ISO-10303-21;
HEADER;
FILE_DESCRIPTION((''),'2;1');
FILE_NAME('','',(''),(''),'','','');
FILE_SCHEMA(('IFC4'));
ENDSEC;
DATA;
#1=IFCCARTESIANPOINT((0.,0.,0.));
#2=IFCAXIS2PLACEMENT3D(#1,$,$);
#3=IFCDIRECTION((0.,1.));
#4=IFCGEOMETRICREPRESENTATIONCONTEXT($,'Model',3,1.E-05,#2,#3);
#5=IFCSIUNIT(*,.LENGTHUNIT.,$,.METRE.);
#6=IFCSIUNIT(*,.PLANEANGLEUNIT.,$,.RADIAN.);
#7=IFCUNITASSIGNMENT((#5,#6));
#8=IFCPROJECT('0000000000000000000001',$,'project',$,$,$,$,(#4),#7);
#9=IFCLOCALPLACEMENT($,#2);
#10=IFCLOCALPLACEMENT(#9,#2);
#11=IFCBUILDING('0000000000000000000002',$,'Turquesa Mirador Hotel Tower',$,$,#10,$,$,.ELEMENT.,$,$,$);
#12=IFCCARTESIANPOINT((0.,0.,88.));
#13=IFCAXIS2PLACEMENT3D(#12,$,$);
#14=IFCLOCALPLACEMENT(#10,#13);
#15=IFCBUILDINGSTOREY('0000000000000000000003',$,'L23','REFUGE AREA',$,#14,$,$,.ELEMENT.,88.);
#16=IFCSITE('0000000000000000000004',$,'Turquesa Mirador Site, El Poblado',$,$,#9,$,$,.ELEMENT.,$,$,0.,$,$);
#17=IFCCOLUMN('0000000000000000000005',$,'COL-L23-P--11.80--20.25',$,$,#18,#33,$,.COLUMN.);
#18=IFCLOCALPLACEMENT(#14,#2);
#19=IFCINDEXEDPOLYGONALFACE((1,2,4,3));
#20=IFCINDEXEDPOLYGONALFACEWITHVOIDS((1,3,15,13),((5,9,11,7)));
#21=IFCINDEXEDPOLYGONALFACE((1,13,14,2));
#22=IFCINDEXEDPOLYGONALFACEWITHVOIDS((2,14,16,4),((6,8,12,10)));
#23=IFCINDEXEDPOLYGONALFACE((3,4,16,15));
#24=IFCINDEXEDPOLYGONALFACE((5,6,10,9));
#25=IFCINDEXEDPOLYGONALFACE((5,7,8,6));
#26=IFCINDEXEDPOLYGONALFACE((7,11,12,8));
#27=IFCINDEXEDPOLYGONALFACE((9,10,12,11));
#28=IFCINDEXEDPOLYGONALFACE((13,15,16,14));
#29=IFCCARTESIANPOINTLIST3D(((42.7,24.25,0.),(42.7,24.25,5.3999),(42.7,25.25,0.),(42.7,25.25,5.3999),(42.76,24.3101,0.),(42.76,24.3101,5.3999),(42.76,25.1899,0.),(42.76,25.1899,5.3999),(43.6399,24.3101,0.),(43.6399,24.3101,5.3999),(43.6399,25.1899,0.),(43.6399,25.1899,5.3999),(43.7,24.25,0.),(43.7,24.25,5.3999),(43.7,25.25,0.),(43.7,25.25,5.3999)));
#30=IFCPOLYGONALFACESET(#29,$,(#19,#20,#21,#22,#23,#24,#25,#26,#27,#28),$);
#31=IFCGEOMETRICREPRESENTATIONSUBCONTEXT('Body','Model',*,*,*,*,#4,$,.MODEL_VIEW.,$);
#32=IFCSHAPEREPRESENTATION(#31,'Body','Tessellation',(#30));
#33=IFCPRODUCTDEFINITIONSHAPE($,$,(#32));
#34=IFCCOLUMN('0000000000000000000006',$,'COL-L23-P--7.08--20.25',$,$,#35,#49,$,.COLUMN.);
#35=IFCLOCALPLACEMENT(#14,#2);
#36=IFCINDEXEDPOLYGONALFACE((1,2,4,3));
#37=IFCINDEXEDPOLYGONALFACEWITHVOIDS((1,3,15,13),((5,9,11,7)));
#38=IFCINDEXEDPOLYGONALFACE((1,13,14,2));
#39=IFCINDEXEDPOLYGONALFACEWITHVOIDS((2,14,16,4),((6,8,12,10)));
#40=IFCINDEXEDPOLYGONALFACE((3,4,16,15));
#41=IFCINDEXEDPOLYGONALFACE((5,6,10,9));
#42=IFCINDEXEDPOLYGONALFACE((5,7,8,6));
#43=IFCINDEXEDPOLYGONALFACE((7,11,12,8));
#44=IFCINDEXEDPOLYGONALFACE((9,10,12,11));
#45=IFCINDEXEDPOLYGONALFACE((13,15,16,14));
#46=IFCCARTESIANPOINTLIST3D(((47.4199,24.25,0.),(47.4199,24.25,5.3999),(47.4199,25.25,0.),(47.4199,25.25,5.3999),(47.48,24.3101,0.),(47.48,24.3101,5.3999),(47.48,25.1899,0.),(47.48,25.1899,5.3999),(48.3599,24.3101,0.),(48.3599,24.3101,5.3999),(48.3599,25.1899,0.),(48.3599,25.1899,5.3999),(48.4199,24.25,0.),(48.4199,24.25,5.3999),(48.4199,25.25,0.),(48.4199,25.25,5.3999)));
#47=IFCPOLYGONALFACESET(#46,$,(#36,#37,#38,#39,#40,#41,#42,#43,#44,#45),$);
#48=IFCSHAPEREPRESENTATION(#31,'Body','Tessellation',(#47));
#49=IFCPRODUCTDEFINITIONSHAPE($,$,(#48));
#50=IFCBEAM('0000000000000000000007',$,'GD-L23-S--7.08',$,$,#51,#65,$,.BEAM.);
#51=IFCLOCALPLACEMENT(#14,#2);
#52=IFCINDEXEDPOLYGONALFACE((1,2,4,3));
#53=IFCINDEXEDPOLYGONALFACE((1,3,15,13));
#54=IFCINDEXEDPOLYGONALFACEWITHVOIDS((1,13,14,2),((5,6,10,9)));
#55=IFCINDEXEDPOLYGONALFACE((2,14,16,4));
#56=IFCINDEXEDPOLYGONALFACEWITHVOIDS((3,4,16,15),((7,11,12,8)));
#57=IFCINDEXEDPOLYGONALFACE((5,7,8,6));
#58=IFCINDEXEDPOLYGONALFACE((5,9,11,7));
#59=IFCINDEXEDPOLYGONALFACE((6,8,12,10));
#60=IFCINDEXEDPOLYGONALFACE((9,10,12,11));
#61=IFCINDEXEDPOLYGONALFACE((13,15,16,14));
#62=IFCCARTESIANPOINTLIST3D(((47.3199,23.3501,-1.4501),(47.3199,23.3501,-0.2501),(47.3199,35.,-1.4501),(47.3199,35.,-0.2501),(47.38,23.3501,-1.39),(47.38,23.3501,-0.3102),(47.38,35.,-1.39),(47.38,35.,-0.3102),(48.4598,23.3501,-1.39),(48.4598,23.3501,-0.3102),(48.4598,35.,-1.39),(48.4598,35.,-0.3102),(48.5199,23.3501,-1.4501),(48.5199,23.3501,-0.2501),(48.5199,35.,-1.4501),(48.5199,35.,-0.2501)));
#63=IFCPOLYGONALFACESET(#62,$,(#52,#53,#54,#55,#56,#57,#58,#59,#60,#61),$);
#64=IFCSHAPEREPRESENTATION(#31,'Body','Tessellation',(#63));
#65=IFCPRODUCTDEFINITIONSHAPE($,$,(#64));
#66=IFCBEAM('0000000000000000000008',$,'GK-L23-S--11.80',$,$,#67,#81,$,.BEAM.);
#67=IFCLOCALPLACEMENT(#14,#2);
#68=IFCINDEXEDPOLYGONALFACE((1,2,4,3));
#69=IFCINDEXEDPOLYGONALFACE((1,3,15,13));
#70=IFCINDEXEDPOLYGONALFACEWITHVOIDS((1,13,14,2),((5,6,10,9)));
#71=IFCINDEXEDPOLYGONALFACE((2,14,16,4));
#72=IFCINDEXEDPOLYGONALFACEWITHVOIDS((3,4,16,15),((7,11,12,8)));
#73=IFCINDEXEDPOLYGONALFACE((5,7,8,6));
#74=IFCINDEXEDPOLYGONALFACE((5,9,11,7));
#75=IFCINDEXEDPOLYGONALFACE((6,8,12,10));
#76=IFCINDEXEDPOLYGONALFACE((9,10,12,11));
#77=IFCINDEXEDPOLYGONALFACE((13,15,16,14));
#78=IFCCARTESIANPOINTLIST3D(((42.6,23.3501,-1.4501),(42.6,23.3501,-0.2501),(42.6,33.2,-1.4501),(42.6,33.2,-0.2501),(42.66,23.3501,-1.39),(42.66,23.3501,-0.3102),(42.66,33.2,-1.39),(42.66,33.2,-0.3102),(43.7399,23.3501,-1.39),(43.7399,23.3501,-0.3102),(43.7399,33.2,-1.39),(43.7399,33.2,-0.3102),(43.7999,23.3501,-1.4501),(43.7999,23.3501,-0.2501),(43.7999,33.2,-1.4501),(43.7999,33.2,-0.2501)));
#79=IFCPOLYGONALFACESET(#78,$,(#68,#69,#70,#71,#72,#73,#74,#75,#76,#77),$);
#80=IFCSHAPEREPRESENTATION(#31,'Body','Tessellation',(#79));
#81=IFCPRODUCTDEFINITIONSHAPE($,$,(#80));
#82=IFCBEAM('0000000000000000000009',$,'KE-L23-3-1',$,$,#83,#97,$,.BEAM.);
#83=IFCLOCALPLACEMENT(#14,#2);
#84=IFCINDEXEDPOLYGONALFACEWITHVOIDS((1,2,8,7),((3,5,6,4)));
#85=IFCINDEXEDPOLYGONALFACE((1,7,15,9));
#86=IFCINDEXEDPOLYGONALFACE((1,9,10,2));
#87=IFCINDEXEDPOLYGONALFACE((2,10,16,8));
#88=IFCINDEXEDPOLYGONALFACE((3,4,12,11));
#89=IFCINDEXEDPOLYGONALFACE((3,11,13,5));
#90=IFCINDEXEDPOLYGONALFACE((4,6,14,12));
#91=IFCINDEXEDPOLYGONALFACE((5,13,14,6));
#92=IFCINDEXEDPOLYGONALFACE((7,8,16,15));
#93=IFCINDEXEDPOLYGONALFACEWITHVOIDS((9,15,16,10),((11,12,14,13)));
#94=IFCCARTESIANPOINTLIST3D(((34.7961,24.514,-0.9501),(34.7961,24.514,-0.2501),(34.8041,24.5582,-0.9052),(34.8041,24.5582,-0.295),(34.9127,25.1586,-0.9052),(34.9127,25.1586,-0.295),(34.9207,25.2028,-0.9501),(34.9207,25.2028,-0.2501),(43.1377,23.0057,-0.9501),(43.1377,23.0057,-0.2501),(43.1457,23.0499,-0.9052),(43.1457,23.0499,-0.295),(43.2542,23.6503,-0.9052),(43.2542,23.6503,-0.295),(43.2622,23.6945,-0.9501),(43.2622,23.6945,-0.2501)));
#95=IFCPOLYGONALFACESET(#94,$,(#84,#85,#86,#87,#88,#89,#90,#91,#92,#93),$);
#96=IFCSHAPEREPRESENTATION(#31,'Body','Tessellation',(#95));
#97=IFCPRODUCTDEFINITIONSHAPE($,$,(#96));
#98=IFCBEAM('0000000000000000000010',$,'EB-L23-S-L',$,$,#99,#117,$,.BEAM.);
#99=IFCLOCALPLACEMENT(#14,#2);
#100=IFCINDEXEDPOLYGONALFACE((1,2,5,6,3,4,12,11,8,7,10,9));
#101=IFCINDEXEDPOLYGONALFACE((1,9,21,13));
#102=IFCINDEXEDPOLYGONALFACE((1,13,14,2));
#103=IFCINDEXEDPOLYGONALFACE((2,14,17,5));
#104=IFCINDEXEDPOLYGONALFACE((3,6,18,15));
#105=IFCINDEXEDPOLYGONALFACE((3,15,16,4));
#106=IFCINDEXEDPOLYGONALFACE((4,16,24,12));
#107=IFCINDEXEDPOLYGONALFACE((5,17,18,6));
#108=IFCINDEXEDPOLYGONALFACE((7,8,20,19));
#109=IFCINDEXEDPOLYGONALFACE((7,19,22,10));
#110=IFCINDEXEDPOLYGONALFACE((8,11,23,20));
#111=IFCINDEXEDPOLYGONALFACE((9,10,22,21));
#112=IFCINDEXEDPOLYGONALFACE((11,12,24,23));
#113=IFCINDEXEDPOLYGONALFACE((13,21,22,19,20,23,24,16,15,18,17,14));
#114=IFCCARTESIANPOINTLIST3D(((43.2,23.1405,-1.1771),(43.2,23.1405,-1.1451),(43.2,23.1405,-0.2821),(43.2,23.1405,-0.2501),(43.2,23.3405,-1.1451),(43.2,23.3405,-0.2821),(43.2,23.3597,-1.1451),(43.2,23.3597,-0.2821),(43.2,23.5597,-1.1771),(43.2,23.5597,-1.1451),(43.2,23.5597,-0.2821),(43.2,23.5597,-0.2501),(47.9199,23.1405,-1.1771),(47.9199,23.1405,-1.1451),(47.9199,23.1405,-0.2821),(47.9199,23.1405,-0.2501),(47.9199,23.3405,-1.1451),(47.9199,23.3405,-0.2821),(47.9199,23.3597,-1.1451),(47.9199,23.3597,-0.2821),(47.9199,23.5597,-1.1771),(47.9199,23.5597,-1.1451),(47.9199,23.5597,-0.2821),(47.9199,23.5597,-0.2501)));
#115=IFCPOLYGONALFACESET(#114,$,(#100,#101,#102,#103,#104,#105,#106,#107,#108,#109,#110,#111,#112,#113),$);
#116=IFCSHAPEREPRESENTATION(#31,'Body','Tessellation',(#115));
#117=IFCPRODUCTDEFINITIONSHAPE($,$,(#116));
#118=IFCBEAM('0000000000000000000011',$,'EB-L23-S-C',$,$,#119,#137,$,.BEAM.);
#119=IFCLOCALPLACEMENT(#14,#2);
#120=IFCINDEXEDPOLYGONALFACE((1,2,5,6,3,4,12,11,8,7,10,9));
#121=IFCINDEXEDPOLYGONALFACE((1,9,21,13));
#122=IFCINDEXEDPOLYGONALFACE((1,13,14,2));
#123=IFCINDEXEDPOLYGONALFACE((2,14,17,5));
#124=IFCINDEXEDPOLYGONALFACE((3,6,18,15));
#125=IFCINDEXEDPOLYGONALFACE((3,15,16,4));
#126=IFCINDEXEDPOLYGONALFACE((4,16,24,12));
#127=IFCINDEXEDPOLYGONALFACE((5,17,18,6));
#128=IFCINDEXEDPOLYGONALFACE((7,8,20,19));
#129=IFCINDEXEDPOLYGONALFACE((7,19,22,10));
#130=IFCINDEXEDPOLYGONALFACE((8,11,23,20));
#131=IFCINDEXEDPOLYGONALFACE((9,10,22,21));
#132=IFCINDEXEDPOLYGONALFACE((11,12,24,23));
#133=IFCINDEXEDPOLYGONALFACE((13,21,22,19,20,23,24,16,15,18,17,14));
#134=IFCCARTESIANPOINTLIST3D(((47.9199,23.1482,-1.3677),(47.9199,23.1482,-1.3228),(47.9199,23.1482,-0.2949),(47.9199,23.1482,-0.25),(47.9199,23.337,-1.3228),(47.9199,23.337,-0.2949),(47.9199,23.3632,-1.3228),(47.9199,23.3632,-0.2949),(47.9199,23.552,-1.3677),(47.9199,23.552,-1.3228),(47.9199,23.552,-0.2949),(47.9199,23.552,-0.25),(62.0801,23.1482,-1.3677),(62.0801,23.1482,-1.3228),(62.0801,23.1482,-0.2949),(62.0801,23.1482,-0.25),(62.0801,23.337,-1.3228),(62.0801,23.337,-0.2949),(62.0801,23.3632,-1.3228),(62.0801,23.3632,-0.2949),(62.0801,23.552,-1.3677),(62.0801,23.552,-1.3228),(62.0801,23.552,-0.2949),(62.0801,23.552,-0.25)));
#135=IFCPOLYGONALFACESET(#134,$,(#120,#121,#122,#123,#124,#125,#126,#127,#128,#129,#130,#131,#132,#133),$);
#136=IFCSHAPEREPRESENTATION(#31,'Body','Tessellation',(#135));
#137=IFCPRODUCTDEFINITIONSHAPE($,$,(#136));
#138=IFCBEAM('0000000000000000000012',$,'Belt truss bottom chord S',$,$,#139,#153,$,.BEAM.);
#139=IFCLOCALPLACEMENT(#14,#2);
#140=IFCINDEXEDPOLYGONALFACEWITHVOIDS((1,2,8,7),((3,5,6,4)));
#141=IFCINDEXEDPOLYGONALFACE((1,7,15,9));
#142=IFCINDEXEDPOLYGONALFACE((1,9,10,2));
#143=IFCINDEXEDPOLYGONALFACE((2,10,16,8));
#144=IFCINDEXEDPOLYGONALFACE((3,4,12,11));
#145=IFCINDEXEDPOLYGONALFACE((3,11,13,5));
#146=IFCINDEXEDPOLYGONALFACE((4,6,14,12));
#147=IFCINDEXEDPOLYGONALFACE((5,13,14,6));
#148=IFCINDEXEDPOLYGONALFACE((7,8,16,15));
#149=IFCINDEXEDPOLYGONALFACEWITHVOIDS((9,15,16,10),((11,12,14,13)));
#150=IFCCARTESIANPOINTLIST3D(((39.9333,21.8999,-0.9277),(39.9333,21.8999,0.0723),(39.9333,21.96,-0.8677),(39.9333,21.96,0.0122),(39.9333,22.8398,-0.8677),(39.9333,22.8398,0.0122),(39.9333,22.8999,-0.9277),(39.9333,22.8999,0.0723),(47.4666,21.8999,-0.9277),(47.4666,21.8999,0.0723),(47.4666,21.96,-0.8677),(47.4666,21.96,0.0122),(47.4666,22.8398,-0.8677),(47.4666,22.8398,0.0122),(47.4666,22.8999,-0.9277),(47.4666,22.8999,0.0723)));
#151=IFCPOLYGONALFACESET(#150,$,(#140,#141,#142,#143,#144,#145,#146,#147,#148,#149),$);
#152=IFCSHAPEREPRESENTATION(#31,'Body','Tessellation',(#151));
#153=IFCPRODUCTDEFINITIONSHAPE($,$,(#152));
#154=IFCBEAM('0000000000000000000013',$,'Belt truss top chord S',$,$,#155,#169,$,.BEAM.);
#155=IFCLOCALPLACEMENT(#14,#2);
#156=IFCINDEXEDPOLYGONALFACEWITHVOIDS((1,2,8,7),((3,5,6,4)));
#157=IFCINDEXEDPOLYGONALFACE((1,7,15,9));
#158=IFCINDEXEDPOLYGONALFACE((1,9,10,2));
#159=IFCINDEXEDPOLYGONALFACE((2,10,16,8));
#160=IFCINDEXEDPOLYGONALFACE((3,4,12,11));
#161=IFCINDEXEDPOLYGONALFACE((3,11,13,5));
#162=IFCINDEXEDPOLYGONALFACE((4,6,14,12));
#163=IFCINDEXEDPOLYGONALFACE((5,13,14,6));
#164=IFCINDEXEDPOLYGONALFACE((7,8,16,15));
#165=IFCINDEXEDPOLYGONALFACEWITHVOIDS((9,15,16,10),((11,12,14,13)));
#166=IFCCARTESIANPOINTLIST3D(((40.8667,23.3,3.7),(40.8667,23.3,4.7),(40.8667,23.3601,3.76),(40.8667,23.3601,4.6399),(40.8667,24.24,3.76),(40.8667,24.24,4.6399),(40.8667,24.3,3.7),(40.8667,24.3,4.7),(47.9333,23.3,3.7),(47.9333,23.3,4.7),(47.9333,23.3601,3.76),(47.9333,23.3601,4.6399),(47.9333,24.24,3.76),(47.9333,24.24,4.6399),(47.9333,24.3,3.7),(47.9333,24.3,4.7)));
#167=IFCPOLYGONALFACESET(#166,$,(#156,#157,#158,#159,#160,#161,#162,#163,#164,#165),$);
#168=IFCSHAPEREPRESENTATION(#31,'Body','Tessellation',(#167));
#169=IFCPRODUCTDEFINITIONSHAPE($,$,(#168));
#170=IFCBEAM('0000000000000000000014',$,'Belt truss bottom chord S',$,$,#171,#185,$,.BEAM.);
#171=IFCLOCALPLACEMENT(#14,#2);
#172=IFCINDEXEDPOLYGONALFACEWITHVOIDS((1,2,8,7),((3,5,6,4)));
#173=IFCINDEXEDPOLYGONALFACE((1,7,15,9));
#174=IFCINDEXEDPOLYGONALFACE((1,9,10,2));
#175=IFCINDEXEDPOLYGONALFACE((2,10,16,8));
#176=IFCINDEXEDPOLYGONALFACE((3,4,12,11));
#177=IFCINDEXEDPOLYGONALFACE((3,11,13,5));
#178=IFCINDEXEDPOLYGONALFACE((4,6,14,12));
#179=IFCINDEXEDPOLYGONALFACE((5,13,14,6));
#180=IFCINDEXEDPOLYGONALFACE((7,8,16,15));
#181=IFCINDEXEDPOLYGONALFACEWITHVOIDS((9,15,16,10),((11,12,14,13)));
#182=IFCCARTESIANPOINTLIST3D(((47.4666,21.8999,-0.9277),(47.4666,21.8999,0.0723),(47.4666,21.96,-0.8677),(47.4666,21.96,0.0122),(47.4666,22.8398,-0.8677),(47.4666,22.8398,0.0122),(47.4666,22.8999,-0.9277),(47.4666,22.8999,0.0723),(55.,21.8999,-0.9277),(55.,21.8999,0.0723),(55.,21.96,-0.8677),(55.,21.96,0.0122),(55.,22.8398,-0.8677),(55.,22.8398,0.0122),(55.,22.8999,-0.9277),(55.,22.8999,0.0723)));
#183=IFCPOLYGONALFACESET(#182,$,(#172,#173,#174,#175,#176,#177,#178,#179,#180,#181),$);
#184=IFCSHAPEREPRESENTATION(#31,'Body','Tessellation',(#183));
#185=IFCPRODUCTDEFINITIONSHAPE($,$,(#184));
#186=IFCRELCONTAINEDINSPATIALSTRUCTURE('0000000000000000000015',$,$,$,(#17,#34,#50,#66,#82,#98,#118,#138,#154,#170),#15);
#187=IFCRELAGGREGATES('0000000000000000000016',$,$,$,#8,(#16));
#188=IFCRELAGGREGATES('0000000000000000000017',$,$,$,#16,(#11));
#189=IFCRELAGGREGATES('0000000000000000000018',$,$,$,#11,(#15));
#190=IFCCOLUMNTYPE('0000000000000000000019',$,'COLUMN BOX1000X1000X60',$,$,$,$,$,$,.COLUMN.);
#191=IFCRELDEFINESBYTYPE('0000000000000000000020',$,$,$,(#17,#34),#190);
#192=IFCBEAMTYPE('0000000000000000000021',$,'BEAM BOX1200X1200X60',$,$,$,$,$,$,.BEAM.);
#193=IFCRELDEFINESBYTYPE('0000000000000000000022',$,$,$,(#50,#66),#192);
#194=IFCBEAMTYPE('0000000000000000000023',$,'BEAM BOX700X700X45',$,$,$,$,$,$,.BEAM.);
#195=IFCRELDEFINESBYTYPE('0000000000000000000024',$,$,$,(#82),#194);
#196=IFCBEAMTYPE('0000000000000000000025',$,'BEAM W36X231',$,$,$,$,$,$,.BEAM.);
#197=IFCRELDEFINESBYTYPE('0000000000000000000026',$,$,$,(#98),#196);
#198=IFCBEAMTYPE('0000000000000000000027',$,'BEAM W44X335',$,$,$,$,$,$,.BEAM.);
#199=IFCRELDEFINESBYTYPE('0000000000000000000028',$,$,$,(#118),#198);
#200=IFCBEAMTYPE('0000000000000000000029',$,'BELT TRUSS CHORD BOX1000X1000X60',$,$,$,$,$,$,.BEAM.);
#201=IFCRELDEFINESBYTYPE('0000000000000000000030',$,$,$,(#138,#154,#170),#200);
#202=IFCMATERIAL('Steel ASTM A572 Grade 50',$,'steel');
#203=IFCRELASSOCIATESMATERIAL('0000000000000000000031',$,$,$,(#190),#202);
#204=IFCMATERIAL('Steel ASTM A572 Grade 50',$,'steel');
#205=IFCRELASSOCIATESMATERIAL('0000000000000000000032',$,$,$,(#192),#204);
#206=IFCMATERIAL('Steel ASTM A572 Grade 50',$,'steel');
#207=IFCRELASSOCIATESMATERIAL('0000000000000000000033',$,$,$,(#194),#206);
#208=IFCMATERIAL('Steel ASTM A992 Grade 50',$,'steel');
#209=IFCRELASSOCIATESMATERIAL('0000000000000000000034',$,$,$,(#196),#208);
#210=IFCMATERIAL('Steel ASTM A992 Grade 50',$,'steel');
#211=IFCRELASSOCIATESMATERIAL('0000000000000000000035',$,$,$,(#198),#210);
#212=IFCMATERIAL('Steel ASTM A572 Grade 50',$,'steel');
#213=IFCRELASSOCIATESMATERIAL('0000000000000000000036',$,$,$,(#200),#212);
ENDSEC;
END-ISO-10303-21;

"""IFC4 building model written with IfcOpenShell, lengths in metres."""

from ifc_helpers import new_model, si_unit, direction, frame, origin, origin_2d, place, context, subcontext, project, spatial, hollow_rectangle, i_section, extrude, material, material_profile, profile_set, type_object, element, save


model = new_model("IFC4")

# Units and contexts
model_context = context("Model", 3, precision=1e-05, world=origin(), true_north=direction((0.0, 1.0)))
body_context = subcontext(model_context, "Body", "Model", "MODEL_VIEW")
ifc_project = project(units=[si_unit("LENGTHUNIT", "METRE"), si_unit("PLANEANGLEUNIT", "RADIAN")], contexts=[model_context])

# Site, building, storey
site_placement = place(None, origin())
site = spatial("IfcSite", under=ifc_project, at=site_placement, Name="Turquesa Mirador Site, El Poblado", CompositionType="ELEMENT", RefElevation=0.0)
building_placement = place(site_placement, origin())
building = spatial("IfcBuilding", under=site, at=building_placement, Name="Turquesa Mirador Hotel Tower", CompositionType="ELEMENT")
storey_placement = place(building_placement, frame((0.0, 0.0, 88.0)))
storey = spatial("IfcBuildingStorey", under=building, at=storey_placement, Name="L23", Description="REFUGE AREA", CompositionType="ELEMENT", Elevation=88.0)

# Columns
ifc_material_1 = material(Name="Steel ASTM A572 Grade 50", Category="steel")
ifc_material_profile_1 = material_profile(ifc_material_1, hollow_rectangle(XDim=1.0, YDim=1.0, WallThickness=0.0601, at=origin_2d()), Name="BOX1000X1000X60")
ifc_profile_set_1 = profile_set([ifc_material_profile_1], Name="Steel ASTM A572 Grade 50")
column_type = type_object("IfcColumnType", Name="COLUMN BOX1000X1000X60", PredefinedType="COLUMN", material=ifc_profile_set_1)
for number, where, z_axis, x_axis, name in (
    (1, (43.2, 24.75, 0.0), (0.0, 0.0, 1.0), (1.0, 0.0, 0.0), "COL-L23-P--11.80--20.25"),
    (2, (47.9199, 24.75, 0.0), (0.0, 0.0, 1.0), (1.0, 0.0, 0.0), "COL-L23-P--7.08--20.25"),
):
    element("IfcColumn", number, at=place(storey_placement, frame(where, z_axis=z_axis, x_axis=x_axis)), inside=storey, type_object=column_type, Name=name, PredefinedType="COLUMN", context=body_context, shape_type="SweptSolid", body=[
        extrude(hollow_rectangle(XDim=1.0, YDim=1.0, WallThickness=0.0601, at=origin_2d()), origin(), (0.0, 0.0, 1.0), 5.3999),
    ])

# Beams
ifc_material_2 = material(Name="Steel ASTM A572 Grade 50", Category="steel")
ifc_material_profile_2 = material_profile(ifc_material_2, hollow_rectangle(XDim=1.2, YDim=1.2, WallThickness=0.0601, at=origin_2d()), Name="BOX1200X1200X60")
ifc_profile_set_2 = profile_set([ifc_material_profile_2], Name="Steel ASTM A572 Grade 50")
beam_type_1 = type_object("IfcBeamType", Name="BEAM BOX1200X1200X60", PredefinedType="BEAM", material=ifc_profile_set_2)
beam_1_placement = place(storey_placement, frame((47.9199, 23.3501, -0.8501), z_axis=(0.0, 1.0, 0.0), x_axis=(-1.0, 0.0, 0.0)))
element("IfcBeam", 3, at=beam_1_placement, inside=storey, type_object=beam_type_1, Name="GD-L23-S--7.08", PredefinedType="BEAM", context=body_context, shape_type="SweptSolid", body=[
    extrude(hollow_rectangle(XDim=1.2, YDim=1.2, WallThickness=0.0601, at=origin_2d()), origin(), (0.0, 0.0, 1.0), 11.6499),
])
beam_2_placement = place(storey_placement, frame((43.2, 23.3501, -0.8501), z_axis=(0.0, 1.0, 0.0), x_axis=(-1.0, 0.0, 0.0)))
element("IfcBeam", 4, at=beam_2_placement, inside=storey, type_object=beam_type_1, Name="GK-L23-S--11.80", PredefinedType="BEAM", context=body_context, shape_type="SweptSolid", body=[
    extrude(hollow_rectangle(XDim=1.2, YDim=1.2, WallThickness=0.0601, at=origin_2d()), origin(), (0.0, 0.0, 1.0), 9.8499),
])
ifc_material_3 = material(Name="Steel ASTM A572 Grade 50", Category="steel")
ifc_material_profile_3 = material_profile(ifc_material_3, hollow_rectangle(XDim=0.7, YDim=0.7, WallThickness=0.0449, at=origin_2d()), Name="BOX700X700X45")
ifc_profile_set_3 = profile_set([ifc_material_profile_3], Name="Steel ASTM A572 Grade 50")
beam_type_2 = type_object("IfcBeamType", Name="BEAM BOX700X700X45", PredefinedType="BEAM", material=ifc_profile_set_3)
beam_3_placement = place(storey_placement, frame((34.8584, 24.8584, -0.6001), z_axis=(0.984043, -0.177932, 0.0), x_axis=(0.177932, 0.984043, 0.0)))
element("IfcBeam", 5, at=beam_3_placement, inside=storey, type_object=beam_type_2, Name="KE-L23-3-1", PredefinedType="BEAM", context=body_context, shape_type="SweptSolid", body=[
    extrude(hollow_rectangle(XDim=0.7, YDim=0.7, WallThickness=0.0449, at=origin_2d()), origin(), (0.0, 0.0, 1.0), 8.4768),
])
ifc_material_4 = material(Name="Steel ASTM A992 Grade 50", Category="steel")
ifc_material_profile_4 = material_profile(ifc_material_4, i_section(OverallWidth=0.4192, OverallDepth=0.927, WebThickness=0.0193, FlangeThickness=0.032, at=origin_2d()), Name="W36X231")
ifc_profile_set_4 = profile_set([ifc_material_profile_4], Name="Steel ASTM A992 Grade 50")
beam_type_3 = type_object("IfcBeamType", Name="BEAM W36X231", PredefinedType="BEAM", material=ifc_profile_set_4)
beam_4_placement = place(storey_placement, frame((43.2, 23.3501, -0.7136), z_axis=(1.0, 0.0, 0.0), x_axis=(0.0, 1.0, 0.0)))
element("IfcBeam", 6, at=beam_4_placement, inside=storey, type_object=beam_type_3, Name="EB-L23-S-L", PredefinedType="BEAM", context=body_context, shape_type="SweptSolid", body=[
    extrude(i_section(OverallWidth=0.4192, OverallDepth=0.927, WebThickness=0.0193, FlangeThickness=0.032, at=origin_2d()), origin(), (0.0, 0.0, 1.0), 4.72),
])
ifc_material_5 = material(Name="Steel ASTM A992 Grade 50", Category="steel")
ifc_material_profile_5 = material_profile(ifc_material_5, i_section(OverallWidth=0.4038, OverallDepth=1.1177, WebThickness=0.0261, FlangeThickness=0.0449, at=origin_2d()), Name="W44X335")
ifc_profile_set_5 = profile_set([ifc_material_profile_5], Name="Steel ASTM A992 Grade 50")
beam_type_4 = type_object("IfcBeamType", Name="BEAM W44X335", PredefinedType="BEAM", material=ifc_profile_set_5)
beam_5_placement = place(storey_placement, frame((47.9199, 23.3501, -0.8088), z_axis=(1.0, 0.0, 0.0), x_axis=(0.0, 1.0, 0.0)))
element("IfcBeam", 7, at=beam_5_placement, inside=storey, type_object=beam_type_4, Name="EB-L23-S-C", PredefinedType="BEAM", context=body_context, shape_type="SweptSolid", body=[
    extrude(i_section(OverallWidth=0.4038, OverallDepth=1.1177, WebThickness=0.0261, FlangeThickness=0.0449, at=origin_2d()), origin(), (0.0, 0.0, 1.0), 14.1602),
])
ifc_material_6 = material(Name="Steel ASTM A572 Grade 50", Category="steel")
ifc_material_profile_6 = material_profile(ifc_material_6, hollow_rectangle(XDim=1.0, YDim=1.0, WallThickness=0.0601, at=origin_2d()), Name="BOX1000X1000X60")
ifc_profile_set_6 = profile_set([ifc_material_profile_6], Name="Steel ASTM A572 Grade 50")
beam_type_5 = type_object("IfcBeamType", Name="BELT TRUSS CHORD BOX1000X1000X60", PredefinedType="BEAM", material=ifc_profile_set_6)
beam_6_placement = place(storey_placement, frame((39.9333, 22.3999, -0.4277), z_axis=(1.0, 0.0, 0.0), x_axis=(0.0, 1.0, 0.0)))
element("IfcBeam", 8, at=beam_6_placement, inside=storey, type_object=beam_type_5, Name="Belt truss bottom chord S", PredefinedType="BEAM", context=body_context, shape_type="SweptSolid", body=[
    extrude(hollow_rectangle(XDim=1.0, YDim=1.0, WallThickness=0.0601, at=origin_2d()), origin(), (0.0, 0.0, 1.0), 7.5332),
])
beam_7_placement = place(storey_placement, frame((40.8667, 23.8, 4.2), z_axis=(1.0, 0.0, 0.0), x_axis=(0.0, 1.0, 0.0)))
element("IfcBeam", 9, at=beam_7_placement, inside=storey, type_object=beam_type_5, Name="Belt truss top chord S", PredefinedType="BEAM", context=body_context, shape_type="SweptSolid", body=[
    extrude(hollow_rectangle(XDim=1.0, YDim=1.0, WallThickness=0.0601, at=origin_2d()), origin(), (0.0, 0.0, 1.0), 7.0667),
])
beam_8_placement = place(storey_placement, frame((47.4666, 22.3999, -0.4277), z_axis=(1.0, 0.0, 0.0), x_axis=(0.0, 1.0, 0.0)))
element("IfcBeam", 10, at=beam_8_placement, inside=storey, type_object=beam_type_5, Name="Belt truss bottom chord S", PredefinedType="BEAM", context=body_context, shape_type="SweptSolid", body=[
    extrude(hollow_rectangle(XDim=1.0, YDim=1.0, WallThickness=0.0601, at=origin_2d()), origin(), (0.0, 0.0, 1.0), 7.5334),
])

save(model, "model.ifc")
